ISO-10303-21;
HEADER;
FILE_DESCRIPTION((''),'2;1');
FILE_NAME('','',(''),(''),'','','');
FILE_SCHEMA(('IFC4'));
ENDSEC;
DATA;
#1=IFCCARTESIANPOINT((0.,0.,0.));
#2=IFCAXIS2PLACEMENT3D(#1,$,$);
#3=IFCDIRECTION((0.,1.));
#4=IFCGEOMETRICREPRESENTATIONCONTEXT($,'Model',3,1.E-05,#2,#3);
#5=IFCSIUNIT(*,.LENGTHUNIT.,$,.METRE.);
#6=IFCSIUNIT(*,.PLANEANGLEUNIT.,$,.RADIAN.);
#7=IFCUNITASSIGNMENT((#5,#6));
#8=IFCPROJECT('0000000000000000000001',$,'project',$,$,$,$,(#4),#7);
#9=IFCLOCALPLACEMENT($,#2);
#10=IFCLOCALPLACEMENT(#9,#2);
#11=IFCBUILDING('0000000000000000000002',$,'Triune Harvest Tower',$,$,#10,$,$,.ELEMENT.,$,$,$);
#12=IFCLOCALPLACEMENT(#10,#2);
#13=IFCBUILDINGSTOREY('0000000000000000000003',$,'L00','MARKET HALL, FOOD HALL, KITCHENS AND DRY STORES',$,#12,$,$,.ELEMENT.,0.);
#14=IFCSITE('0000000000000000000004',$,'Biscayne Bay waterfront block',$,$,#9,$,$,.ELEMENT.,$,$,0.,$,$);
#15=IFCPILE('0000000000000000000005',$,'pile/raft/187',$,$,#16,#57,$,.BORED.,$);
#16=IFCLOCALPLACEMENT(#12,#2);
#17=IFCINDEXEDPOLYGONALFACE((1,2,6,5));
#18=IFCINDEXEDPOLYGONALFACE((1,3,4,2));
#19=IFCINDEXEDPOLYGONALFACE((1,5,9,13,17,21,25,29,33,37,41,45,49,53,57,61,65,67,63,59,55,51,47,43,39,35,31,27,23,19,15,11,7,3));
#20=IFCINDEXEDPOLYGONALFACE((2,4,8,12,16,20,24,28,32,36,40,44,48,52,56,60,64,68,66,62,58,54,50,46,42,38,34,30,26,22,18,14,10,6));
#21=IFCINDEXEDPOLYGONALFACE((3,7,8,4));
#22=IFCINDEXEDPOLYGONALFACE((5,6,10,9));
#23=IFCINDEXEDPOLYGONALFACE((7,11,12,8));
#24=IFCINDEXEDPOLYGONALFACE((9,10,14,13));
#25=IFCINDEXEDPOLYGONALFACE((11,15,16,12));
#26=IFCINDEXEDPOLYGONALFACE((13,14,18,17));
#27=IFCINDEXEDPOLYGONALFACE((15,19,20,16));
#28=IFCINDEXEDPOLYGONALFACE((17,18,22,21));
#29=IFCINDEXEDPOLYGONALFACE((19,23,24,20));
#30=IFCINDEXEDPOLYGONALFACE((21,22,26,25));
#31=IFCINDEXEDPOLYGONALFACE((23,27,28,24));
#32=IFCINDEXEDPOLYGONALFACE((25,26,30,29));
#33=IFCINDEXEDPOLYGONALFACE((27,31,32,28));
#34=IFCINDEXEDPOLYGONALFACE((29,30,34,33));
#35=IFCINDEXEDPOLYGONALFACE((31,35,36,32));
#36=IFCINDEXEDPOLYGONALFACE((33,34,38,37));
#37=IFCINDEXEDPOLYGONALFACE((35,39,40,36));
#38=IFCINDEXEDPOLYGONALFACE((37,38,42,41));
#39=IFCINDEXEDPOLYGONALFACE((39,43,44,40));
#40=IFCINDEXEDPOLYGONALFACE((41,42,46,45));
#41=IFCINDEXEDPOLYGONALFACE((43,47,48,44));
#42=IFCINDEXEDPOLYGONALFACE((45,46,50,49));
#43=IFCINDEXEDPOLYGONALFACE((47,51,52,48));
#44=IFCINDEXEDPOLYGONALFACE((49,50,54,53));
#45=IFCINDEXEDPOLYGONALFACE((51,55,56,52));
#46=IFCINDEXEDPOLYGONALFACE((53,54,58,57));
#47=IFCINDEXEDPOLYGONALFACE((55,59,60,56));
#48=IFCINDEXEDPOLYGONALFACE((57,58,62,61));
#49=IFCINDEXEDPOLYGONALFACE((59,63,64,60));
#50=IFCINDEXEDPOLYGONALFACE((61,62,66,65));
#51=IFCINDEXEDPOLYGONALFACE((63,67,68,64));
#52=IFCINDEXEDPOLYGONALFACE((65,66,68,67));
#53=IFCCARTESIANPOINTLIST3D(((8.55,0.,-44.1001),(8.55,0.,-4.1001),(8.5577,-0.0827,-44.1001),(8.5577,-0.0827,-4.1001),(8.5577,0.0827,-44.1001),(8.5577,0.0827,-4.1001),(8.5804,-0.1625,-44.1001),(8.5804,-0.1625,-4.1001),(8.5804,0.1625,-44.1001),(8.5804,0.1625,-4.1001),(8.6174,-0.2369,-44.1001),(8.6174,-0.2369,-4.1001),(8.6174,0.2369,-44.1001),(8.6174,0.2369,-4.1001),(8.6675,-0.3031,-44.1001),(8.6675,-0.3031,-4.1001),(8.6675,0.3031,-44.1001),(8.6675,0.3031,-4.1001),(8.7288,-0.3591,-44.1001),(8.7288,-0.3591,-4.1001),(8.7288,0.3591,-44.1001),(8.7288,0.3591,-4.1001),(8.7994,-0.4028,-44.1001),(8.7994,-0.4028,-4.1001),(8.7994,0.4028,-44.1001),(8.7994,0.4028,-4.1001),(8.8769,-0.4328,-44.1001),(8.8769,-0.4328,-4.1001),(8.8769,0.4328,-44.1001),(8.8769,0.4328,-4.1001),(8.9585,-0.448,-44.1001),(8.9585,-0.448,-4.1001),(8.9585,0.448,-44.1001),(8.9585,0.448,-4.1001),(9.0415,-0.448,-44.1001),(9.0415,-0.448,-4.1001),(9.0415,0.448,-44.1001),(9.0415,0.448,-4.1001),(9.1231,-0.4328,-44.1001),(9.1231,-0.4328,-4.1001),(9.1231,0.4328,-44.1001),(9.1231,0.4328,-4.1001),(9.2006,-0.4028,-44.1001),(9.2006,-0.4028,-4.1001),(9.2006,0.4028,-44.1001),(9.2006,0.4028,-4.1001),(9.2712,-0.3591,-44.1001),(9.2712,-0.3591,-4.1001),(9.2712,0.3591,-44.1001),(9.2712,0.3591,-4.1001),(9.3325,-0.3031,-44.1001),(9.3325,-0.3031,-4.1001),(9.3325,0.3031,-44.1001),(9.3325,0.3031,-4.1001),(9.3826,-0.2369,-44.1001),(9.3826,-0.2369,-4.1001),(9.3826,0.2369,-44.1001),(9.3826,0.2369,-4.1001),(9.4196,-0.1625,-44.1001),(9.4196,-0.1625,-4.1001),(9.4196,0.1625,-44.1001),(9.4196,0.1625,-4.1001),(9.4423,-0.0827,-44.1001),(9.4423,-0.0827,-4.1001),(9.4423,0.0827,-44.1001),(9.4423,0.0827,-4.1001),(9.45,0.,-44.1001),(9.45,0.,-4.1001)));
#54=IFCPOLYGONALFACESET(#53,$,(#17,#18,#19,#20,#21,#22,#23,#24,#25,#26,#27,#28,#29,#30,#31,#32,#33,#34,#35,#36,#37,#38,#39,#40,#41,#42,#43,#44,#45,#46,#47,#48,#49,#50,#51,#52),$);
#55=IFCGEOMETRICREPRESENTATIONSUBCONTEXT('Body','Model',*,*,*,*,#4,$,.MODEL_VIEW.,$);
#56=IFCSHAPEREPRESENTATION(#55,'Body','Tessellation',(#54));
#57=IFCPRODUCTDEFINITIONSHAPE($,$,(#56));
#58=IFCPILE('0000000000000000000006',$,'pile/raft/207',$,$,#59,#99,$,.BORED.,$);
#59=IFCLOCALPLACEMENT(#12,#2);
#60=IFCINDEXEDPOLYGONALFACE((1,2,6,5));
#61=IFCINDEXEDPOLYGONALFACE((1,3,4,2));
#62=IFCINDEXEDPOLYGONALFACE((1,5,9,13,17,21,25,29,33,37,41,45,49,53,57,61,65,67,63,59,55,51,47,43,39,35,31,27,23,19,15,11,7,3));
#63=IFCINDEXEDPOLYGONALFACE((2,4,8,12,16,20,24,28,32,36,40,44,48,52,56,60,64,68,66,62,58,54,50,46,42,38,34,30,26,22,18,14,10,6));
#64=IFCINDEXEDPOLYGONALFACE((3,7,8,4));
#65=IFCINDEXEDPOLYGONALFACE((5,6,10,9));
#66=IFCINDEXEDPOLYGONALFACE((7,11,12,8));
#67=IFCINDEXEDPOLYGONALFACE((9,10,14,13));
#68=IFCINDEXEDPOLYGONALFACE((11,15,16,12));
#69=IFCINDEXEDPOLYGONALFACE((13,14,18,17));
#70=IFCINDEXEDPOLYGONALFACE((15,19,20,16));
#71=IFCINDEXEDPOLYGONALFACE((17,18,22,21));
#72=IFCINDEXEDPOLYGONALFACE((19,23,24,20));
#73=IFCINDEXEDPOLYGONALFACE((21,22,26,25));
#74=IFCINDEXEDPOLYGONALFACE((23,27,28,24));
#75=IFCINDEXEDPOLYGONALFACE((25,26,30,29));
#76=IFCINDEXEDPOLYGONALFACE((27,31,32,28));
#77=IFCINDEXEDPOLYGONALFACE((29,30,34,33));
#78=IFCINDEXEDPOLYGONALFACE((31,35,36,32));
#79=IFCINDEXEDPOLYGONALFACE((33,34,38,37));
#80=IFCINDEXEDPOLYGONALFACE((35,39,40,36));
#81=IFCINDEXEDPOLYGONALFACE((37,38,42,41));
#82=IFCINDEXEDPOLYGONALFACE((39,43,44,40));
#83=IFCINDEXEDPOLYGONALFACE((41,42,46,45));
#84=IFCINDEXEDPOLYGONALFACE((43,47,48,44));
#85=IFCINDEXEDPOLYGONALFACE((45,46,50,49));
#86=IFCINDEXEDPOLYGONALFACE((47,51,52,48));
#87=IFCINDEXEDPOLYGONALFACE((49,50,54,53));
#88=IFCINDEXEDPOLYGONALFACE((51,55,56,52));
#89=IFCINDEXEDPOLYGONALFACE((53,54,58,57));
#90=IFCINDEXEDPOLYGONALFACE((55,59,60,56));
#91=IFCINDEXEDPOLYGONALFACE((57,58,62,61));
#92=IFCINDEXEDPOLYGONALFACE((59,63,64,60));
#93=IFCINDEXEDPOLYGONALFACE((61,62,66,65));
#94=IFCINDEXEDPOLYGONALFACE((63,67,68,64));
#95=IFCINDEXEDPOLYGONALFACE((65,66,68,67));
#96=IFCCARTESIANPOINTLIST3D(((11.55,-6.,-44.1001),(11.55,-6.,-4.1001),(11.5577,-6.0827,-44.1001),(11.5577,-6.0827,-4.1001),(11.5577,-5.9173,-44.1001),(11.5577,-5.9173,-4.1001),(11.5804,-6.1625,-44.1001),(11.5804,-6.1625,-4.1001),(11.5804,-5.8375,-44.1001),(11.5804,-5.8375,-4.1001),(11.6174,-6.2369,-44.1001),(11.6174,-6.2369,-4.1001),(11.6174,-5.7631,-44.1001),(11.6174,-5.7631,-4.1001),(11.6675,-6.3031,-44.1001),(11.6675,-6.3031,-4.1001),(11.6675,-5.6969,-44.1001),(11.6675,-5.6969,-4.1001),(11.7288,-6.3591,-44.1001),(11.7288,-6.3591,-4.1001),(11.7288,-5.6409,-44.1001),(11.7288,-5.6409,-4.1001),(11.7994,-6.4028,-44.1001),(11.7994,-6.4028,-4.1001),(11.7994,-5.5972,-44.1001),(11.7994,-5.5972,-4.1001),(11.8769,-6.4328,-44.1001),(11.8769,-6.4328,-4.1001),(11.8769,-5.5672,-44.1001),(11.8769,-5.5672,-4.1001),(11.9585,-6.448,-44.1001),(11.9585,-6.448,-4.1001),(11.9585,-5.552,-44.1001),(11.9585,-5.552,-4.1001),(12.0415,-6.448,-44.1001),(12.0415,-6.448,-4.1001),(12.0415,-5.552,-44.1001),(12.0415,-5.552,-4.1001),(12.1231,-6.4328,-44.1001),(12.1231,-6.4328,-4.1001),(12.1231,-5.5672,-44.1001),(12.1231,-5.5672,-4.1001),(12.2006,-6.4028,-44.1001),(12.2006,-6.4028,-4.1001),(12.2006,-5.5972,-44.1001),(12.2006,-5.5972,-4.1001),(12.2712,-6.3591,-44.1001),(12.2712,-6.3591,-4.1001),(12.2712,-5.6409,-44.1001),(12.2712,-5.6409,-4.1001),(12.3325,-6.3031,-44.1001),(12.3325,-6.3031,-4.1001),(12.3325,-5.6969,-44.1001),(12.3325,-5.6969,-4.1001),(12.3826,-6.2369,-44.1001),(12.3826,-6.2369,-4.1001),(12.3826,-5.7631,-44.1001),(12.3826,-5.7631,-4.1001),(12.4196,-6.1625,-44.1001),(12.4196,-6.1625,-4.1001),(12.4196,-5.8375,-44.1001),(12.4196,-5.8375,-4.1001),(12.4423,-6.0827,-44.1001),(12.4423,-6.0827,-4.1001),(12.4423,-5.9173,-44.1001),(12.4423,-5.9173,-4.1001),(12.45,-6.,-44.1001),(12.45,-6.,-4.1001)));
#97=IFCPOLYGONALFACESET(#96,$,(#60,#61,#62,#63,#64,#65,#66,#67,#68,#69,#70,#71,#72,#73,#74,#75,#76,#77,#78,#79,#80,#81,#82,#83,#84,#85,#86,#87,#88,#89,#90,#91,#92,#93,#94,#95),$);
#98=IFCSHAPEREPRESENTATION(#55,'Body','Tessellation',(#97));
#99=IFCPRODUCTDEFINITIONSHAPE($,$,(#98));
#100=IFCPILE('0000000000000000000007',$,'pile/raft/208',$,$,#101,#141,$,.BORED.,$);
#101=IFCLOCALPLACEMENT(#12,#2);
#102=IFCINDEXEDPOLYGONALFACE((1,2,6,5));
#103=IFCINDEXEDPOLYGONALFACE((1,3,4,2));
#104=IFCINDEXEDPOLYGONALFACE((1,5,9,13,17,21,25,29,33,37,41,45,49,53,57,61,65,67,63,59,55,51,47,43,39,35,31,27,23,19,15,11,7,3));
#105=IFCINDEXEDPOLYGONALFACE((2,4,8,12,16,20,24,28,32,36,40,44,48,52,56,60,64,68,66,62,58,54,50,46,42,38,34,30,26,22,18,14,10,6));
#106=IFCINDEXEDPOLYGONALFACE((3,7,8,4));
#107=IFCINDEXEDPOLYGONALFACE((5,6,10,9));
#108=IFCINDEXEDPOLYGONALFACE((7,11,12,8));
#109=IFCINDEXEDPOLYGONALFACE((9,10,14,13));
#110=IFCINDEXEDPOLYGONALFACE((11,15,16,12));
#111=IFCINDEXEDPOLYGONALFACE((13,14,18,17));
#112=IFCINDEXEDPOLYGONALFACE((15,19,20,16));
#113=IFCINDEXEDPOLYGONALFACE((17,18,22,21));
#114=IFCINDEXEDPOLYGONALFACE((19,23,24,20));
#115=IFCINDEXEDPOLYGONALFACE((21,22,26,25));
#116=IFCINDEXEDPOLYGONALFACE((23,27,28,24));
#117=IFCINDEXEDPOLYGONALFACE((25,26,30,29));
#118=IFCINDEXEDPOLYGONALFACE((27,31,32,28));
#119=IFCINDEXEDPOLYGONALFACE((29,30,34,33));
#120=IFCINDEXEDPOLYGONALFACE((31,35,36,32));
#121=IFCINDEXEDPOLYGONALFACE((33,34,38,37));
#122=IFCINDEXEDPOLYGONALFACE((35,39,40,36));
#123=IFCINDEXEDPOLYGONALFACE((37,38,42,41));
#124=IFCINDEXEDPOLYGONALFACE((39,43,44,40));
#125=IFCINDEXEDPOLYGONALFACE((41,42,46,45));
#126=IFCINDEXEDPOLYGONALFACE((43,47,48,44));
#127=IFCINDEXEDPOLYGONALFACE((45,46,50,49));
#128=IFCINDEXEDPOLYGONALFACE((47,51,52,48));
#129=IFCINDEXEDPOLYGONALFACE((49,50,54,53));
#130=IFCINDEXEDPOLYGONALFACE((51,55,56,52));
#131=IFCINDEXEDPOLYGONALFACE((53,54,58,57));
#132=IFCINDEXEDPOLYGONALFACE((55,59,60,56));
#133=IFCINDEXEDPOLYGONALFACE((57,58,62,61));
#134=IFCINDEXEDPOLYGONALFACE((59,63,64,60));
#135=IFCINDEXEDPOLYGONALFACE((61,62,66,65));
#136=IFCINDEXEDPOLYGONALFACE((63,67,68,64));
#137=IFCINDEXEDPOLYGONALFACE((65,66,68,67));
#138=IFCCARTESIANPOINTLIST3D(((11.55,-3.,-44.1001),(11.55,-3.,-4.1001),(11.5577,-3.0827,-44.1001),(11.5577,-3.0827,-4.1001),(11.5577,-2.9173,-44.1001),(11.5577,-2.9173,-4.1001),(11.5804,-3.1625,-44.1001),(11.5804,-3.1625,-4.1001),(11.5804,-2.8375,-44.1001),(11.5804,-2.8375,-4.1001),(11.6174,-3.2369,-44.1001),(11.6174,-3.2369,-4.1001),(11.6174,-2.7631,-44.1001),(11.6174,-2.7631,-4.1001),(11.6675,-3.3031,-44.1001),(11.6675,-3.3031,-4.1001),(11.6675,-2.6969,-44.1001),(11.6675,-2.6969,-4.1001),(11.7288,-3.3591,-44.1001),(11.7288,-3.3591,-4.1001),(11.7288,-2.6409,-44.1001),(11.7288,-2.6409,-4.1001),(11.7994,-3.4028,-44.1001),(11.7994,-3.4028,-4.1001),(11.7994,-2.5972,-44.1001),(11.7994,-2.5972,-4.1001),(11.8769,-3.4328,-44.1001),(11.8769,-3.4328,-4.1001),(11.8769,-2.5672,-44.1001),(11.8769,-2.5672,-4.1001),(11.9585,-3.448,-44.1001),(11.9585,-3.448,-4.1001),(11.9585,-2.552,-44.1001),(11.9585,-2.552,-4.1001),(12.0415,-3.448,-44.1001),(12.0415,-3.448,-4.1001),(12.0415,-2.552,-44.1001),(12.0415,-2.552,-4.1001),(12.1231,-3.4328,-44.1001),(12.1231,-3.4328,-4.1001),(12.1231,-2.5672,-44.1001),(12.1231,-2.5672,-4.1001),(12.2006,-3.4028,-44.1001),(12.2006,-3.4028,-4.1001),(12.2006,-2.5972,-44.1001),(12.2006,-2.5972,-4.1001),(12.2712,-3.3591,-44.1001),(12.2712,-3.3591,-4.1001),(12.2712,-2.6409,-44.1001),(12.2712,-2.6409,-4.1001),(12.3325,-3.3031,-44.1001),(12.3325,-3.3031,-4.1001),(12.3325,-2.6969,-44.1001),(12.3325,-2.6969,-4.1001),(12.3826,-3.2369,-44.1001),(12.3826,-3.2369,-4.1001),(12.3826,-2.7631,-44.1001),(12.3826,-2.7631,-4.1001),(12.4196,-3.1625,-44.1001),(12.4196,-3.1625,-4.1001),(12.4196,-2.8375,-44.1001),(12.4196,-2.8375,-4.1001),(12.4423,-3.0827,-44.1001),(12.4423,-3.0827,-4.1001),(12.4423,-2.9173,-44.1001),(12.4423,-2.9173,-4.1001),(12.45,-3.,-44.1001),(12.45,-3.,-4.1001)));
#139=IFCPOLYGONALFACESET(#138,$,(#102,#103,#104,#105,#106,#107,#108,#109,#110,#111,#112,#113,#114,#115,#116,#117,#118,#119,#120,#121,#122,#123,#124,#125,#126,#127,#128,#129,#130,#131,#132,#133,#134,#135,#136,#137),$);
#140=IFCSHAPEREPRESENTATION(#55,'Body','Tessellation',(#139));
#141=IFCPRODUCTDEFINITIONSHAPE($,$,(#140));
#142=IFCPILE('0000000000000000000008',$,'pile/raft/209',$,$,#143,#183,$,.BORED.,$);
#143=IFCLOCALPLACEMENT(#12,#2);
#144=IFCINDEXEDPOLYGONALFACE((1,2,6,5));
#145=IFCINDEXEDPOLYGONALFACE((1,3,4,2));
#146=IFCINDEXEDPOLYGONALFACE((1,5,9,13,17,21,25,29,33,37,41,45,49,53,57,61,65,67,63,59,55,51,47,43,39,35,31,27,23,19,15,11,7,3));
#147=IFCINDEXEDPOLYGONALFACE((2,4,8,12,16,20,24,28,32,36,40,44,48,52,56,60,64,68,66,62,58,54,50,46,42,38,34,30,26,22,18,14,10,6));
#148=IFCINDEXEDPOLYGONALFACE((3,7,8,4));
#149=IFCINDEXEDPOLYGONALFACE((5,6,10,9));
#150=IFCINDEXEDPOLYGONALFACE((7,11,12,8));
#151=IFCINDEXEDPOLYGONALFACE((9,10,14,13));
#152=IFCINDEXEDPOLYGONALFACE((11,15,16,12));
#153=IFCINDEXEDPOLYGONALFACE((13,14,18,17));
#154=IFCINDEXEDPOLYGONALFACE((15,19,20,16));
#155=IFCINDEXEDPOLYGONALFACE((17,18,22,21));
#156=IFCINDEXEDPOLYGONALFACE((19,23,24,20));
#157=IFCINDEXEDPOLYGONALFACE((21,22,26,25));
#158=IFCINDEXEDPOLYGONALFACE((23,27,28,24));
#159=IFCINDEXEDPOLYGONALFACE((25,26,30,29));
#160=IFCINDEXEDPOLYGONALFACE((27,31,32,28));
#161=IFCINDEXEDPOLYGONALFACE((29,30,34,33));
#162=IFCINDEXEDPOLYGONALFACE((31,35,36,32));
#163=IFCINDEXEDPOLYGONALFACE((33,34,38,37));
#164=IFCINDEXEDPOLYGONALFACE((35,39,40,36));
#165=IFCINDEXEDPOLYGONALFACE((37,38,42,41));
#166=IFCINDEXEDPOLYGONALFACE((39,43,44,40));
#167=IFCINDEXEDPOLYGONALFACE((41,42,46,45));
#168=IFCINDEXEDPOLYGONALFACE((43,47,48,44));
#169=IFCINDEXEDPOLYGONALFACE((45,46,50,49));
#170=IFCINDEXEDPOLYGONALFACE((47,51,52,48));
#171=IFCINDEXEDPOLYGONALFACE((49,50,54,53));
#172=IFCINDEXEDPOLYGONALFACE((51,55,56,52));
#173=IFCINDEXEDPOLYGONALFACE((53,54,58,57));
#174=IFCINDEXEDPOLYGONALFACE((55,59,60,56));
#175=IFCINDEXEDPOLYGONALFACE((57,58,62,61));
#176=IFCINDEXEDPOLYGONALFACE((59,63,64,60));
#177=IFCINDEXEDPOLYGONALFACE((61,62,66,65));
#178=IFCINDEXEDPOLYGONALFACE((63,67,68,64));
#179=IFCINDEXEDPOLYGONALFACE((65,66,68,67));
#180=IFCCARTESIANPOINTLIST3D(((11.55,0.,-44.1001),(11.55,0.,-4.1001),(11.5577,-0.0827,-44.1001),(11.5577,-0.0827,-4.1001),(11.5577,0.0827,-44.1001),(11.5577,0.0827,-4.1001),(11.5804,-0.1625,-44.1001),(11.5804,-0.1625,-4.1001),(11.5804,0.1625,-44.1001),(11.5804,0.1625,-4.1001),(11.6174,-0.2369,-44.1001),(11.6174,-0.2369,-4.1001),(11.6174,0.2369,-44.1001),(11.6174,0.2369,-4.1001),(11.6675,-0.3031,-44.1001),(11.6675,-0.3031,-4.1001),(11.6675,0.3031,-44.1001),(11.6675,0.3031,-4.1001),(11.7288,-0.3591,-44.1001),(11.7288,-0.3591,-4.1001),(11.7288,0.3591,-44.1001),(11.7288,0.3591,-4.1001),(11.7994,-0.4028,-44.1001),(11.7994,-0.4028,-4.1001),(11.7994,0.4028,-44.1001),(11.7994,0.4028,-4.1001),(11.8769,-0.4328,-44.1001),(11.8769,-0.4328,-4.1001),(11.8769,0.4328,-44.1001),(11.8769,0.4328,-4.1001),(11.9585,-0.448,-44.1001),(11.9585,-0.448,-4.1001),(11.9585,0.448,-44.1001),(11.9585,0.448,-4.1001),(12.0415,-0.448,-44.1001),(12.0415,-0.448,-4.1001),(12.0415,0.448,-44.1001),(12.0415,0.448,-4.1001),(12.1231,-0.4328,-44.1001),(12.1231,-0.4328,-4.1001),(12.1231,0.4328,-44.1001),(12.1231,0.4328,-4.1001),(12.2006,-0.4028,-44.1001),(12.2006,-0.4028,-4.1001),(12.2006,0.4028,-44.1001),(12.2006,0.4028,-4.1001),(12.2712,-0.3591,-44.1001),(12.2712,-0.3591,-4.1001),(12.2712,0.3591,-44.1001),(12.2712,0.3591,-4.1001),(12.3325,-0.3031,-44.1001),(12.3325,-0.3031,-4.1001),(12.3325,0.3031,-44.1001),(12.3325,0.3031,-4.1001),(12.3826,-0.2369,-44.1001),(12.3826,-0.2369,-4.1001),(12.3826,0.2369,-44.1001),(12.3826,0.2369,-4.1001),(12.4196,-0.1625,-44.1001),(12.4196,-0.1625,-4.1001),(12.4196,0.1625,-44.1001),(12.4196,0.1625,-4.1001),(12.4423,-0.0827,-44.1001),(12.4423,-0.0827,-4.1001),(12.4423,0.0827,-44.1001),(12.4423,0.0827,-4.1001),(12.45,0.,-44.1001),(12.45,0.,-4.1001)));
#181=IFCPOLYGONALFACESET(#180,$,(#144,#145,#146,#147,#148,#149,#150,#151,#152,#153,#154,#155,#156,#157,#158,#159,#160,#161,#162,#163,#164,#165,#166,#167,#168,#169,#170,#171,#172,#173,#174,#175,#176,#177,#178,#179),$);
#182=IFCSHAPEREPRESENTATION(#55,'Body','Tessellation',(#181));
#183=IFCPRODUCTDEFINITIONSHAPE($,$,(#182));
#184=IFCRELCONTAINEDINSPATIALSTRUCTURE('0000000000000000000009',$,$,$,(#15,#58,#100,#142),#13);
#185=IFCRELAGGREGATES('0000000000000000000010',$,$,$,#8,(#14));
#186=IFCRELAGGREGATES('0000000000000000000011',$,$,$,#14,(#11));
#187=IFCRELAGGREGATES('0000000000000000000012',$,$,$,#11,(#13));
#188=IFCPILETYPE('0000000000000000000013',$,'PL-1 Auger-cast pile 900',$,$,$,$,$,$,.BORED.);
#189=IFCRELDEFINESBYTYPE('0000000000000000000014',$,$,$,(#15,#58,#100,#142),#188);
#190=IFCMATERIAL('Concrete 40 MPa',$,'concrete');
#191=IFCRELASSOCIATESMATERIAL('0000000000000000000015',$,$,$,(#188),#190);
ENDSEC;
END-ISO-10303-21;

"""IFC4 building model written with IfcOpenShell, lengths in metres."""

from ifc_helpers import new_model, si_unit, direction, frame, origin, origin_2d, place, context, subcontext, project, spatial, circle, extrude, source, transform, mapped, material, material_profile, profile_set, type_object, element, save


model = new_model("IFC4")

# Units and contexts
model_context = context("Model", 3, precision=1e-05, world=origin(), true_north=direction((0.0, 1.0)))
body_context = subcontext(model_context, "Body", "Model", "MODEL_VIEW")
ifc_project = project(units=[si_unit("LENGTHUNIT", "METRE"), si_unit("PLANEANGLEUNIT", "RADIAN")], contexts=[model_context])

# Site, building, storey
site_placement = place(None, origin())
site = spatial("IfcSite", under=ifc_project, at=site_placement, Name="Biscayne Bay waterfront block", CompositionType="ELEMENT", RefElevation=0.0)
building_placement = place(site_placement, origin())
building = spatial("IfcBuilding", under=site, at=building_placement, Name="Triune Harvest Tower", CompositionType="ELEMENT")
storey_placement = place(building_placement, origin())
storey = spatial("IfcBuildingStorey", under=building, at=storey_placement, Name="L00", Description="MARKET HALL, FOOD HALL, KITCHENS AND DRY STORES", CompositionType="ELEMENT", Elevation=0.0)

# Piles
ifc_material_1 = material(Name="Concrete 40 MPa", Category="concrete")
ifc_material_profile = material_profile(ifc_material_1, circle(Radius=0.45, at=origin_2d()), Name="Bored 900")
ifc_profile_set = profile_set([ifc_material_profile], Name="Concrete 40 MPa")
pile_type = type_object("IfcPileType", Name="PL-1 Auger-cast pile 900", PredefinedType="BORED", material=ifc_profile_set)
shared_shape_1 = source(origin(), body_context, "Body", "SweptSolid", [
    extrude(circle(Radius=0.45, at=origin_2d()), origin(), (0.0, 0.0, 1.0), 40.0),
])
for number, where, z_axis, x_axis, name in (
    (1, (9.0, 0.0, -4.1001), (0.0, 0.0, -1.0), (1.0, 0.0, 0.0), "pile/raft/187"),
    (2, (12.0, -6.0, -4.1001), (0.0, 0.0, -1.0), (1.0, 0.0, 0.0), "pile/raft/207"),
    (3, (12.0, -3.0, -4.1001), (0.0, 0.0, -1.0), (1.0, 0.0, 0.0), "pile/raft/208"),
    (4, (12.0, 0.0, -4.1001), (0.0, 0.0, -1.0), (1.0, 0.0, 0.0), "pile/raft/209"),
):
    element("IfcPile", number, at=place(storey_placement, frame(where, z_axis=z_axis, x_axis=x_axis)), inside=storey, type_object=pile_type, Name=name, PredefinedType="BORED", context=body_context, shape_type="MappedRepresentation", body=[
        mapped(shared_shape_1, transform((0.0, 0.0, 0.0), scale=1.0)),
    ])

save(model, "model.ifc")
